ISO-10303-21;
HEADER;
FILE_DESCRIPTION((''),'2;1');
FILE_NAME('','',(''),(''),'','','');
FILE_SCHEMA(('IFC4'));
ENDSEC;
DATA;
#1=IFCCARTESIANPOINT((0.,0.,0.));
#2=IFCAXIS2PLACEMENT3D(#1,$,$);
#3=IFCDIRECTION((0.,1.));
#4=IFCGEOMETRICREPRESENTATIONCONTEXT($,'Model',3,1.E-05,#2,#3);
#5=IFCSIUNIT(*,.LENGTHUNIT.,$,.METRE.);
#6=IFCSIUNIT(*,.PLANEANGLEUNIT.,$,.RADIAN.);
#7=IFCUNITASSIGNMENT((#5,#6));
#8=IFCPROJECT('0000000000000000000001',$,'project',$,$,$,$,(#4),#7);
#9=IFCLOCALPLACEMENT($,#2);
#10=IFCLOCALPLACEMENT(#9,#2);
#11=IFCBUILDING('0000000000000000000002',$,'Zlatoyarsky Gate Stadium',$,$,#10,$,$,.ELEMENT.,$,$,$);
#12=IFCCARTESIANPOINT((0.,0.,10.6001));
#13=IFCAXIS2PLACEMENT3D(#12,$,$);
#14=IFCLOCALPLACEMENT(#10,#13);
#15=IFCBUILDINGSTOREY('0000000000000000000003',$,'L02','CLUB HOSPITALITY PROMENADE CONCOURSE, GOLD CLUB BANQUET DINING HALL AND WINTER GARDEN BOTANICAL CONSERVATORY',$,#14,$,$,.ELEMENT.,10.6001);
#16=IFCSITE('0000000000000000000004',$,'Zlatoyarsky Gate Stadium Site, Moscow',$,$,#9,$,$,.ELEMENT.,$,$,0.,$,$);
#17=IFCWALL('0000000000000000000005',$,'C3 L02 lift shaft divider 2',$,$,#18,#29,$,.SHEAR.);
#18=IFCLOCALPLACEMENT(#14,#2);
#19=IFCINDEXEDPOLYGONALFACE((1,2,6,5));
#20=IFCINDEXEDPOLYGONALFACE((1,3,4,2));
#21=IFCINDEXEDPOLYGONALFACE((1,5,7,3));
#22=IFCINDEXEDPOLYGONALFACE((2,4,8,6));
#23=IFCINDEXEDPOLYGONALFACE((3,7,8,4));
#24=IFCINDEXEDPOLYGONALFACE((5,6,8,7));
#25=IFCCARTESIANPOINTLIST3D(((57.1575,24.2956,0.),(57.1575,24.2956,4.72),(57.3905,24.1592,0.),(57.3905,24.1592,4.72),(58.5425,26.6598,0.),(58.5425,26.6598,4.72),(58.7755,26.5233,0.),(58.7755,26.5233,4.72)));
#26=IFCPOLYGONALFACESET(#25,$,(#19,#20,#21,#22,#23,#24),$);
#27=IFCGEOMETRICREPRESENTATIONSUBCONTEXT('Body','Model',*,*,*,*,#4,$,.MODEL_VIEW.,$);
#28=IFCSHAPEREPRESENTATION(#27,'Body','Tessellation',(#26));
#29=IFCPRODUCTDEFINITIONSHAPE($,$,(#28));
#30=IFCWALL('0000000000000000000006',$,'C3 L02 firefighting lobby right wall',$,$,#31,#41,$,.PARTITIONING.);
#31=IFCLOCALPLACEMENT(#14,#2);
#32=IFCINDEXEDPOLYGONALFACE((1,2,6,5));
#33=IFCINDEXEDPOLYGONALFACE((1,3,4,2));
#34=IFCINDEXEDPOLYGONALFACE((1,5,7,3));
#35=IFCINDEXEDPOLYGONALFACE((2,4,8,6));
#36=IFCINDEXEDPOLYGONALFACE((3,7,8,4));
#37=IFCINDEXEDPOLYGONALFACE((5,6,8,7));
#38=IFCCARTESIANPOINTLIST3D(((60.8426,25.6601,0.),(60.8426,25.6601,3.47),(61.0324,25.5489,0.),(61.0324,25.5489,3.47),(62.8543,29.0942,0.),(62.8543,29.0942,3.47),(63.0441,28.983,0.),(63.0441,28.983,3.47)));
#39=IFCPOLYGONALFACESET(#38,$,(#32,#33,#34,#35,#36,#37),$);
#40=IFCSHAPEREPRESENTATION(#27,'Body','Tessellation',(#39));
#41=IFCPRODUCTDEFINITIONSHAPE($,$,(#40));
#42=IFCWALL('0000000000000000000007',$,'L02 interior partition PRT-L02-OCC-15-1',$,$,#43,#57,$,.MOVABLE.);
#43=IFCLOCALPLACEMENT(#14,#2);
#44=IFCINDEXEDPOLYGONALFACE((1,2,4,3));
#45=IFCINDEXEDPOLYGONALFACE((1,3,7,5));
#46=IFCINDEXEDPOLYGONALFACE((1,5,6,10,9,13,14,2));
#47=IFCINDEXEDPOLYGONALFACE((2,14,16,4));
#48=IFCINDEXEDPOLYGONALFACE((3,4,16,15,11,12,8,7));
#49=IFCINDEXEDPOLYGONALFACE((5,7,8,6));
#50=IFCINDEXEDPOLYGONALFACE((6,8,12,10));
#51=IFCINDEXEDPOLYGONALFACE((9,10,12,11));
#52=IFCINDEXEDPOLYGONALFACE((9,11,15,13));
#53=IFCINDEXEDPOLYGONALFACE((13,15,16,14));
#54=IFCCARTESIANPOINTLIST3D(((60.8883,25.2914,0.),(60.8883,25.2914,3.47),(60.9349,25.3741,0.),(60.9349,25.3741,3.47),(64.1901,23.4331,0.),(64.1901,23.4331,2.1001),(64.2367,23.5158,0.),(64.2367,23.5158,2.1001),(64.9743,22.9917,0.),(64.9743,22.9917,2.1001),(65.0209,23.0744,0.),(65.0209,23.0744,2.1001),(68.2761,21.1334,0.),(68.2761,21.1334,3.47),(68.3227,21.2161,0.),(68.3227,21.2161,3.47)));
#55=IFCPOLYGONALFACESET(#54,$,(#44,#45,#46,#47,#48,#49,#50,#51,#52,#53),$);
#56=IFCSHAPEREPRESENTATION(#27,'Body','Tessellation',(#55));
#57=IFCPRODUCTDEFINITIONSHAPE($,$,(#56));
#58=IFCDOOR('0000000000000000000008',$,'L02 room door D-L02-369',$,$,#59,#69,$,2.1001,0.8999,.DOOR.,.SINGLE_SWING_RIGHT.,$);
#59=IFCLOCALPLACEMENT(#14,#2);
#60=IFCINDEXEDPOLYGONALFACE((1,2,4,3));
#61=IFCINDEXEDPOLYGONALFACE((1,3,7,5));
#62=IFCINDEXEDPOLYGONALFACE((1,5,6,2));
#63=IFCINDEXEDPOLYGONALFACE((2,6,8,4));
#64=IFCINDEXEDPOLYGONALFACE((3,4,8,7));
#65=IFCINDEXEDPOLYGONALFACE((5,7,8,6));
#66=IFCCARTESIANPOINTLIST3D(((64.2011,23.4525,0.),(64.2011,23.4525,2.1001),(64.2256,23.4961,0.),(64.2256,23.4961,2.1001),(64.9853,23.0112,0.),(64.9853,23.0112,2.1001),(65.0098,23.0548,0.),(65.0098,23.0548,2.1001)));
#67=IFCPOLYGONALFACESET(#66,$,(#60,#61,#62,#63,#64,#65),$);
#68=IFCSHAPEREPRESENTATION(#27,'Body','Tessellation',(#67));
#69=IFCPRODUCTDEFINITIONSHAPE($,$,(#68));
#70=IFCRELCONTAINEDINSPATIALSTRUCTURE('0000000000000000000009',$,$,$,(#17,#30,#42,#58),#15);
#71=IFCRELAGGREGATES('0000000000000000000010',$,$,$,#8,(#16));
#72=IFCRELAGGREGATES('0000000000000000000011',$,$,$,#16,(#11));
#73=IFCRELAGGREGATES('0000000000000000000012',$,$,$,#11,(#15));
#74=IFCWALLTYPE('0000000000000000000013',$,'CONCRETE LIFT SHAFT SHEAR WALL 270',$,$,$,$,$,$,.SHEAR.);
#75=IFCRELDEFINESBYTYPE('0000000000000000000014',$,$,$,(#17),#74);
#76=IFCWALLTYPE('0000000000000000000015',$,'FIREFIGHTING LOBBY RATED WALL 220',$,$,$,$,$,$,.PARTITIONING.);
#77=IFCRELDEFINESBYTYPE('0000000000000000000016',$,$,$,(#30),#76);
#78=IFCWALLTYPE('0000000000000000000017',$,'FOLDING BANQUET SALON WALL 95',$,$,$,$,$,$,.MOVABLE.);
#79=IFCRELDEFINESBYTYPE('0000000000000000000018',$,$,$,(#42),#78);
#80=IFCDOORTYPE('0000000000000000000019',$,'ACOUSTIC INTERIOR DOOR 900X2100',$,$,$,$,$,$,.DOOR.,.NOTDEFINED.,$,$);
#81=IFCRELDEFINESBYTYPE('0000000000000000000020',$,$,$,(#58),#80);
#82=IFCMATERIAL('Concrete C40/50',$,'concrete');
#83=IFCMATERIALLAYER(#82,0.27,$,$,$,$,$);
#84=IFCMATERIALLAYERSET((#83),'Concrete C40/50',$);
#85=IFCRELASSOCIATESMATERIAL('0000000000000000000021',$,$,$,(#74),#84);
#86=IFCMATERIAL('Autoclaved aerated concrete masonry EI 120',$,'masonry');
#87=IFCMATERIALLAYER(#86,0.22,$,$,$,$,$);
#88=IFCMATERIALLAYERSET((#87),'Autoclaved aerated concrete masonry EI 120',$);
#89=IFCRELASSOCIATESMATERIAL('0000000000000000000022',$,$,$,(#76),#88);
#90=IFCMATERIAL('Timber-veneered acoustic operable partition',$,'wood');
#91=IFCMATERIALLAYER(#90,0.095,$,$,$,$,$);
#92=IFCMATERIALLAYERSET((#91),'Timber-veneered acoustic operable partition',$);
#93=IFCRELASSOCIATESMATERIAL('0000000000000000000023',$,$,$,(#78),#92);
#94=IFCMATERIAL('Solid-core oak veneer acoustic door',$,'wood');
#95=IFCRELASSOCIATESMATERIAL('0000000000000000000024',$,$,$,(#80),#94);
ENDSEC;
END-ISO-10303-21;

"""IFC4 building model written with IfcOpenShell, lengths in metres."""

from ifc_helpers import new_model, si_unit, direction, frame, frame_2d, origin, place, context, subcontext, project, spatial, rectangle, extrude, material, layer, layer_set, type_object, element, fill, save


model = new_model("IFC4")

# Units and contexts
model_context = context("Model", 3, precision=1e-05, world=origin(), true_north=direction((0.0, 1.0)))
body_context = subcontext(model_context, "Body", "Model", "MODEL_VIEW")
ifc_project = project(units=[si_unit("LENGTHUNIT", "METRE"), si_unit("PLANEANGLEUNIT", "RADIAN")], contexts=[model_context])

# Site, building, storey
site_placement = place(None, origin())
site = spatial("IfcSite", under=ifc_project, at=site_placement, Name="Zlatoyarsky Gate Stadium Site, Moscow", CompositionType="ELEMENT", RefElevation=0.0)
building_placement = place(site_placement, origin())
building = spatial("IfcBuilding", under=site, at=building_placement, Name="Zlatoyarsky Gate Stadium", CompositionType="ELEMENT")
storey_placement = place(building_placement, frame((0.0, 0.0, 10.6001)))
storey = spatial("IfcBuildingStorey", under=building, at=storey_placement, Name="L02", Description="CLUB HOSPITALITY PROMENADE CONCOURSE, GOLD CLUB BANQUET DINING HALL AND WINTER GARDEN BOTANICAL CONSERVATORY", CompositionType="ELEMENT", Elevation=10.6001)

# Walls
ifc_material_1 = material(Name="Concrete C40/50", Category="concrete")
ifc_layer_1 = layer(ifc_material_1, 0.27)
ifc_layer_set_1 = layer_set([ifc_layer_1], Name="Concrete C40/50")
wall_type_1 = type_object("IfcWallType", Name="CONCRETE LIFT SHAFT SHEAR WALL 270", PredefinedType="SHEAR", material=ifc_layer_set_1)
wall_1_placement = place(storey_placement, frame((57.2739, 24.2273, 0.0), z_axis=(0.0, 0.0, 1.0), x_axis=(0.505466, 0.862847, 0.0)))
element("IfcWall", 1, at=wall_1_placement, inside=storey, type_object=wall_type_1, Name="C3 L02 lift shaft divider 2", PredefinedType="SHEAR", context=body_context, shape_type="SweptSolid", body=[
    extrude(rectangle(XDim=2.74, YDim=0.27, at=frame_2d((1.3701, 0.0))), origin(), (0.0, 0.0, 1.0), 4.72),
])
ifc_material_2 = material(Name="Autoclaved aerated concrete masonry EI 120", Category="masonry")
ifc_layer_2 = layer(ifc_material_2, 0.22)
ifc_layer_set_2 = layer_set([ifc_layer_2], Name="Autoclaved aerated concrete masonry EI 120")
wall_type_2 = type_object("IfcWallType", Name="FIREFIGHTING LOBBY RATED WALL 220", PredefinedType="PARTITIONING", material=ifc_layer_set_2)
wall_2_placement = place(storey_placement, frame((60.9375, 25.6045, 0.0), z_axis=(0.0, 0.0, 1.0), x_axis=(0.505464, 0.862847, 0.0)))
element("IfcWall", 2, at=wall_2_placement, inside=storey, type_object=wall_type_2, Name="C3 L02 firefighting lobby right wall", PredefinedType="PARTITIONING", context=body_context, shape_type="SweptSolid", body=[
    extrude(rectangle(XDim=3.98, YDim=0.22, at=frame_2d((1.99, 0.0))), origin(), (0.0, 0.0, 1.0), 3.47),
])

# Wall, opening, door
ifc_material_3 = material(Name="Timber-veneered acoustic operable partition", Category="wood")
ifc_layer_3 = layer(ifc_material_3, 0.095)
ifc_layer_set_3 = layer_set([ifc_layer_3], Name="Timber-veneered acoustic operable partition")
wall_type_3 = type_object("IfcWallType", Name="FOLDING BANQUET SALON WALL 95", PredefinedType="MOVABLE", material=ifc_layer_set_3)
wall_3_placement = place(storey_placement, frame((60.9116, 25.3328, 0.0), z_axis=(0.0, 0.0, 1.0), x_axis=(0.871456, -0.490475, 0.0)))
wall_3 = element("IfcWall", 3, at=wall_3_placement, inside=storey, type_object=wall_type_3, Name="L02 interior partition PRT-L02-OCC-15-1", PredefinedType="MOVABLE", context=body_context, shape_type="SweptSolid", body=[
    extrude(rectangle(XDim=8.4775, YDim=0.095, at=frame_2d((4.2388, 0.0))), origin(), (0.0, 0.0, 1.0), 3.47),
])
opening_placement = place(wall_3_placement, frame((3.7888, 0.0, 0.0)))
opening = element("IfcOpeningElement", 4, at=opening_placement, cuts=wall_3, PredefinedType="OPENING", context=body_context, shape_type="SweptSolid", body=[
    extrude(rectangle(XDim=0.8999, YDim=2.1001, at=frame_2d((0.45, 1.05))), frame((0.0, 0.0574, 0.0), z_axis=(0.0, -1.0, 0.0), x_axis=(1.0, 0.0, 0.0)), (0.0, 0.0, 1.0), 0.115),
])
ifc_material_4 = material(Name="Solid-core oak veneer acoustic door", Category="wood")
door_type = type_object("IfcDoorType", Name="ACOUSTIC INTERIOR DOOR 900X2100", OperationType="NOTDEFINED", PredefinedType="DOOR", material=ifc_material_4)
door_placement = place(opening_placement, origin())
door = element("IfcDoor", 5, at=door_placement, inside=storey, type_object=door_type, Name="L02 room door D-L02-369", OperationType="SINGLE_SWING_RIGHT", OverallHeight=2.1001, OverallWidth=0.8999, PredefinedType="DOOR", context=body_context, shape_type="SweptSolid", body=[
    extrude(rectangle(XDim=0.8999, YDim=2.1001, at=frame_2d((0.45, 1.05))), frame((0.0, 0.0249, 0.0), z_axis=(0.0, -1.0, 0.0), x_axis=(1.0, 0.0, 0.0)), (0.0, 0.0, 1.0), 0.05),
])
fill(opening, door)

save(model, "model.ifc")
